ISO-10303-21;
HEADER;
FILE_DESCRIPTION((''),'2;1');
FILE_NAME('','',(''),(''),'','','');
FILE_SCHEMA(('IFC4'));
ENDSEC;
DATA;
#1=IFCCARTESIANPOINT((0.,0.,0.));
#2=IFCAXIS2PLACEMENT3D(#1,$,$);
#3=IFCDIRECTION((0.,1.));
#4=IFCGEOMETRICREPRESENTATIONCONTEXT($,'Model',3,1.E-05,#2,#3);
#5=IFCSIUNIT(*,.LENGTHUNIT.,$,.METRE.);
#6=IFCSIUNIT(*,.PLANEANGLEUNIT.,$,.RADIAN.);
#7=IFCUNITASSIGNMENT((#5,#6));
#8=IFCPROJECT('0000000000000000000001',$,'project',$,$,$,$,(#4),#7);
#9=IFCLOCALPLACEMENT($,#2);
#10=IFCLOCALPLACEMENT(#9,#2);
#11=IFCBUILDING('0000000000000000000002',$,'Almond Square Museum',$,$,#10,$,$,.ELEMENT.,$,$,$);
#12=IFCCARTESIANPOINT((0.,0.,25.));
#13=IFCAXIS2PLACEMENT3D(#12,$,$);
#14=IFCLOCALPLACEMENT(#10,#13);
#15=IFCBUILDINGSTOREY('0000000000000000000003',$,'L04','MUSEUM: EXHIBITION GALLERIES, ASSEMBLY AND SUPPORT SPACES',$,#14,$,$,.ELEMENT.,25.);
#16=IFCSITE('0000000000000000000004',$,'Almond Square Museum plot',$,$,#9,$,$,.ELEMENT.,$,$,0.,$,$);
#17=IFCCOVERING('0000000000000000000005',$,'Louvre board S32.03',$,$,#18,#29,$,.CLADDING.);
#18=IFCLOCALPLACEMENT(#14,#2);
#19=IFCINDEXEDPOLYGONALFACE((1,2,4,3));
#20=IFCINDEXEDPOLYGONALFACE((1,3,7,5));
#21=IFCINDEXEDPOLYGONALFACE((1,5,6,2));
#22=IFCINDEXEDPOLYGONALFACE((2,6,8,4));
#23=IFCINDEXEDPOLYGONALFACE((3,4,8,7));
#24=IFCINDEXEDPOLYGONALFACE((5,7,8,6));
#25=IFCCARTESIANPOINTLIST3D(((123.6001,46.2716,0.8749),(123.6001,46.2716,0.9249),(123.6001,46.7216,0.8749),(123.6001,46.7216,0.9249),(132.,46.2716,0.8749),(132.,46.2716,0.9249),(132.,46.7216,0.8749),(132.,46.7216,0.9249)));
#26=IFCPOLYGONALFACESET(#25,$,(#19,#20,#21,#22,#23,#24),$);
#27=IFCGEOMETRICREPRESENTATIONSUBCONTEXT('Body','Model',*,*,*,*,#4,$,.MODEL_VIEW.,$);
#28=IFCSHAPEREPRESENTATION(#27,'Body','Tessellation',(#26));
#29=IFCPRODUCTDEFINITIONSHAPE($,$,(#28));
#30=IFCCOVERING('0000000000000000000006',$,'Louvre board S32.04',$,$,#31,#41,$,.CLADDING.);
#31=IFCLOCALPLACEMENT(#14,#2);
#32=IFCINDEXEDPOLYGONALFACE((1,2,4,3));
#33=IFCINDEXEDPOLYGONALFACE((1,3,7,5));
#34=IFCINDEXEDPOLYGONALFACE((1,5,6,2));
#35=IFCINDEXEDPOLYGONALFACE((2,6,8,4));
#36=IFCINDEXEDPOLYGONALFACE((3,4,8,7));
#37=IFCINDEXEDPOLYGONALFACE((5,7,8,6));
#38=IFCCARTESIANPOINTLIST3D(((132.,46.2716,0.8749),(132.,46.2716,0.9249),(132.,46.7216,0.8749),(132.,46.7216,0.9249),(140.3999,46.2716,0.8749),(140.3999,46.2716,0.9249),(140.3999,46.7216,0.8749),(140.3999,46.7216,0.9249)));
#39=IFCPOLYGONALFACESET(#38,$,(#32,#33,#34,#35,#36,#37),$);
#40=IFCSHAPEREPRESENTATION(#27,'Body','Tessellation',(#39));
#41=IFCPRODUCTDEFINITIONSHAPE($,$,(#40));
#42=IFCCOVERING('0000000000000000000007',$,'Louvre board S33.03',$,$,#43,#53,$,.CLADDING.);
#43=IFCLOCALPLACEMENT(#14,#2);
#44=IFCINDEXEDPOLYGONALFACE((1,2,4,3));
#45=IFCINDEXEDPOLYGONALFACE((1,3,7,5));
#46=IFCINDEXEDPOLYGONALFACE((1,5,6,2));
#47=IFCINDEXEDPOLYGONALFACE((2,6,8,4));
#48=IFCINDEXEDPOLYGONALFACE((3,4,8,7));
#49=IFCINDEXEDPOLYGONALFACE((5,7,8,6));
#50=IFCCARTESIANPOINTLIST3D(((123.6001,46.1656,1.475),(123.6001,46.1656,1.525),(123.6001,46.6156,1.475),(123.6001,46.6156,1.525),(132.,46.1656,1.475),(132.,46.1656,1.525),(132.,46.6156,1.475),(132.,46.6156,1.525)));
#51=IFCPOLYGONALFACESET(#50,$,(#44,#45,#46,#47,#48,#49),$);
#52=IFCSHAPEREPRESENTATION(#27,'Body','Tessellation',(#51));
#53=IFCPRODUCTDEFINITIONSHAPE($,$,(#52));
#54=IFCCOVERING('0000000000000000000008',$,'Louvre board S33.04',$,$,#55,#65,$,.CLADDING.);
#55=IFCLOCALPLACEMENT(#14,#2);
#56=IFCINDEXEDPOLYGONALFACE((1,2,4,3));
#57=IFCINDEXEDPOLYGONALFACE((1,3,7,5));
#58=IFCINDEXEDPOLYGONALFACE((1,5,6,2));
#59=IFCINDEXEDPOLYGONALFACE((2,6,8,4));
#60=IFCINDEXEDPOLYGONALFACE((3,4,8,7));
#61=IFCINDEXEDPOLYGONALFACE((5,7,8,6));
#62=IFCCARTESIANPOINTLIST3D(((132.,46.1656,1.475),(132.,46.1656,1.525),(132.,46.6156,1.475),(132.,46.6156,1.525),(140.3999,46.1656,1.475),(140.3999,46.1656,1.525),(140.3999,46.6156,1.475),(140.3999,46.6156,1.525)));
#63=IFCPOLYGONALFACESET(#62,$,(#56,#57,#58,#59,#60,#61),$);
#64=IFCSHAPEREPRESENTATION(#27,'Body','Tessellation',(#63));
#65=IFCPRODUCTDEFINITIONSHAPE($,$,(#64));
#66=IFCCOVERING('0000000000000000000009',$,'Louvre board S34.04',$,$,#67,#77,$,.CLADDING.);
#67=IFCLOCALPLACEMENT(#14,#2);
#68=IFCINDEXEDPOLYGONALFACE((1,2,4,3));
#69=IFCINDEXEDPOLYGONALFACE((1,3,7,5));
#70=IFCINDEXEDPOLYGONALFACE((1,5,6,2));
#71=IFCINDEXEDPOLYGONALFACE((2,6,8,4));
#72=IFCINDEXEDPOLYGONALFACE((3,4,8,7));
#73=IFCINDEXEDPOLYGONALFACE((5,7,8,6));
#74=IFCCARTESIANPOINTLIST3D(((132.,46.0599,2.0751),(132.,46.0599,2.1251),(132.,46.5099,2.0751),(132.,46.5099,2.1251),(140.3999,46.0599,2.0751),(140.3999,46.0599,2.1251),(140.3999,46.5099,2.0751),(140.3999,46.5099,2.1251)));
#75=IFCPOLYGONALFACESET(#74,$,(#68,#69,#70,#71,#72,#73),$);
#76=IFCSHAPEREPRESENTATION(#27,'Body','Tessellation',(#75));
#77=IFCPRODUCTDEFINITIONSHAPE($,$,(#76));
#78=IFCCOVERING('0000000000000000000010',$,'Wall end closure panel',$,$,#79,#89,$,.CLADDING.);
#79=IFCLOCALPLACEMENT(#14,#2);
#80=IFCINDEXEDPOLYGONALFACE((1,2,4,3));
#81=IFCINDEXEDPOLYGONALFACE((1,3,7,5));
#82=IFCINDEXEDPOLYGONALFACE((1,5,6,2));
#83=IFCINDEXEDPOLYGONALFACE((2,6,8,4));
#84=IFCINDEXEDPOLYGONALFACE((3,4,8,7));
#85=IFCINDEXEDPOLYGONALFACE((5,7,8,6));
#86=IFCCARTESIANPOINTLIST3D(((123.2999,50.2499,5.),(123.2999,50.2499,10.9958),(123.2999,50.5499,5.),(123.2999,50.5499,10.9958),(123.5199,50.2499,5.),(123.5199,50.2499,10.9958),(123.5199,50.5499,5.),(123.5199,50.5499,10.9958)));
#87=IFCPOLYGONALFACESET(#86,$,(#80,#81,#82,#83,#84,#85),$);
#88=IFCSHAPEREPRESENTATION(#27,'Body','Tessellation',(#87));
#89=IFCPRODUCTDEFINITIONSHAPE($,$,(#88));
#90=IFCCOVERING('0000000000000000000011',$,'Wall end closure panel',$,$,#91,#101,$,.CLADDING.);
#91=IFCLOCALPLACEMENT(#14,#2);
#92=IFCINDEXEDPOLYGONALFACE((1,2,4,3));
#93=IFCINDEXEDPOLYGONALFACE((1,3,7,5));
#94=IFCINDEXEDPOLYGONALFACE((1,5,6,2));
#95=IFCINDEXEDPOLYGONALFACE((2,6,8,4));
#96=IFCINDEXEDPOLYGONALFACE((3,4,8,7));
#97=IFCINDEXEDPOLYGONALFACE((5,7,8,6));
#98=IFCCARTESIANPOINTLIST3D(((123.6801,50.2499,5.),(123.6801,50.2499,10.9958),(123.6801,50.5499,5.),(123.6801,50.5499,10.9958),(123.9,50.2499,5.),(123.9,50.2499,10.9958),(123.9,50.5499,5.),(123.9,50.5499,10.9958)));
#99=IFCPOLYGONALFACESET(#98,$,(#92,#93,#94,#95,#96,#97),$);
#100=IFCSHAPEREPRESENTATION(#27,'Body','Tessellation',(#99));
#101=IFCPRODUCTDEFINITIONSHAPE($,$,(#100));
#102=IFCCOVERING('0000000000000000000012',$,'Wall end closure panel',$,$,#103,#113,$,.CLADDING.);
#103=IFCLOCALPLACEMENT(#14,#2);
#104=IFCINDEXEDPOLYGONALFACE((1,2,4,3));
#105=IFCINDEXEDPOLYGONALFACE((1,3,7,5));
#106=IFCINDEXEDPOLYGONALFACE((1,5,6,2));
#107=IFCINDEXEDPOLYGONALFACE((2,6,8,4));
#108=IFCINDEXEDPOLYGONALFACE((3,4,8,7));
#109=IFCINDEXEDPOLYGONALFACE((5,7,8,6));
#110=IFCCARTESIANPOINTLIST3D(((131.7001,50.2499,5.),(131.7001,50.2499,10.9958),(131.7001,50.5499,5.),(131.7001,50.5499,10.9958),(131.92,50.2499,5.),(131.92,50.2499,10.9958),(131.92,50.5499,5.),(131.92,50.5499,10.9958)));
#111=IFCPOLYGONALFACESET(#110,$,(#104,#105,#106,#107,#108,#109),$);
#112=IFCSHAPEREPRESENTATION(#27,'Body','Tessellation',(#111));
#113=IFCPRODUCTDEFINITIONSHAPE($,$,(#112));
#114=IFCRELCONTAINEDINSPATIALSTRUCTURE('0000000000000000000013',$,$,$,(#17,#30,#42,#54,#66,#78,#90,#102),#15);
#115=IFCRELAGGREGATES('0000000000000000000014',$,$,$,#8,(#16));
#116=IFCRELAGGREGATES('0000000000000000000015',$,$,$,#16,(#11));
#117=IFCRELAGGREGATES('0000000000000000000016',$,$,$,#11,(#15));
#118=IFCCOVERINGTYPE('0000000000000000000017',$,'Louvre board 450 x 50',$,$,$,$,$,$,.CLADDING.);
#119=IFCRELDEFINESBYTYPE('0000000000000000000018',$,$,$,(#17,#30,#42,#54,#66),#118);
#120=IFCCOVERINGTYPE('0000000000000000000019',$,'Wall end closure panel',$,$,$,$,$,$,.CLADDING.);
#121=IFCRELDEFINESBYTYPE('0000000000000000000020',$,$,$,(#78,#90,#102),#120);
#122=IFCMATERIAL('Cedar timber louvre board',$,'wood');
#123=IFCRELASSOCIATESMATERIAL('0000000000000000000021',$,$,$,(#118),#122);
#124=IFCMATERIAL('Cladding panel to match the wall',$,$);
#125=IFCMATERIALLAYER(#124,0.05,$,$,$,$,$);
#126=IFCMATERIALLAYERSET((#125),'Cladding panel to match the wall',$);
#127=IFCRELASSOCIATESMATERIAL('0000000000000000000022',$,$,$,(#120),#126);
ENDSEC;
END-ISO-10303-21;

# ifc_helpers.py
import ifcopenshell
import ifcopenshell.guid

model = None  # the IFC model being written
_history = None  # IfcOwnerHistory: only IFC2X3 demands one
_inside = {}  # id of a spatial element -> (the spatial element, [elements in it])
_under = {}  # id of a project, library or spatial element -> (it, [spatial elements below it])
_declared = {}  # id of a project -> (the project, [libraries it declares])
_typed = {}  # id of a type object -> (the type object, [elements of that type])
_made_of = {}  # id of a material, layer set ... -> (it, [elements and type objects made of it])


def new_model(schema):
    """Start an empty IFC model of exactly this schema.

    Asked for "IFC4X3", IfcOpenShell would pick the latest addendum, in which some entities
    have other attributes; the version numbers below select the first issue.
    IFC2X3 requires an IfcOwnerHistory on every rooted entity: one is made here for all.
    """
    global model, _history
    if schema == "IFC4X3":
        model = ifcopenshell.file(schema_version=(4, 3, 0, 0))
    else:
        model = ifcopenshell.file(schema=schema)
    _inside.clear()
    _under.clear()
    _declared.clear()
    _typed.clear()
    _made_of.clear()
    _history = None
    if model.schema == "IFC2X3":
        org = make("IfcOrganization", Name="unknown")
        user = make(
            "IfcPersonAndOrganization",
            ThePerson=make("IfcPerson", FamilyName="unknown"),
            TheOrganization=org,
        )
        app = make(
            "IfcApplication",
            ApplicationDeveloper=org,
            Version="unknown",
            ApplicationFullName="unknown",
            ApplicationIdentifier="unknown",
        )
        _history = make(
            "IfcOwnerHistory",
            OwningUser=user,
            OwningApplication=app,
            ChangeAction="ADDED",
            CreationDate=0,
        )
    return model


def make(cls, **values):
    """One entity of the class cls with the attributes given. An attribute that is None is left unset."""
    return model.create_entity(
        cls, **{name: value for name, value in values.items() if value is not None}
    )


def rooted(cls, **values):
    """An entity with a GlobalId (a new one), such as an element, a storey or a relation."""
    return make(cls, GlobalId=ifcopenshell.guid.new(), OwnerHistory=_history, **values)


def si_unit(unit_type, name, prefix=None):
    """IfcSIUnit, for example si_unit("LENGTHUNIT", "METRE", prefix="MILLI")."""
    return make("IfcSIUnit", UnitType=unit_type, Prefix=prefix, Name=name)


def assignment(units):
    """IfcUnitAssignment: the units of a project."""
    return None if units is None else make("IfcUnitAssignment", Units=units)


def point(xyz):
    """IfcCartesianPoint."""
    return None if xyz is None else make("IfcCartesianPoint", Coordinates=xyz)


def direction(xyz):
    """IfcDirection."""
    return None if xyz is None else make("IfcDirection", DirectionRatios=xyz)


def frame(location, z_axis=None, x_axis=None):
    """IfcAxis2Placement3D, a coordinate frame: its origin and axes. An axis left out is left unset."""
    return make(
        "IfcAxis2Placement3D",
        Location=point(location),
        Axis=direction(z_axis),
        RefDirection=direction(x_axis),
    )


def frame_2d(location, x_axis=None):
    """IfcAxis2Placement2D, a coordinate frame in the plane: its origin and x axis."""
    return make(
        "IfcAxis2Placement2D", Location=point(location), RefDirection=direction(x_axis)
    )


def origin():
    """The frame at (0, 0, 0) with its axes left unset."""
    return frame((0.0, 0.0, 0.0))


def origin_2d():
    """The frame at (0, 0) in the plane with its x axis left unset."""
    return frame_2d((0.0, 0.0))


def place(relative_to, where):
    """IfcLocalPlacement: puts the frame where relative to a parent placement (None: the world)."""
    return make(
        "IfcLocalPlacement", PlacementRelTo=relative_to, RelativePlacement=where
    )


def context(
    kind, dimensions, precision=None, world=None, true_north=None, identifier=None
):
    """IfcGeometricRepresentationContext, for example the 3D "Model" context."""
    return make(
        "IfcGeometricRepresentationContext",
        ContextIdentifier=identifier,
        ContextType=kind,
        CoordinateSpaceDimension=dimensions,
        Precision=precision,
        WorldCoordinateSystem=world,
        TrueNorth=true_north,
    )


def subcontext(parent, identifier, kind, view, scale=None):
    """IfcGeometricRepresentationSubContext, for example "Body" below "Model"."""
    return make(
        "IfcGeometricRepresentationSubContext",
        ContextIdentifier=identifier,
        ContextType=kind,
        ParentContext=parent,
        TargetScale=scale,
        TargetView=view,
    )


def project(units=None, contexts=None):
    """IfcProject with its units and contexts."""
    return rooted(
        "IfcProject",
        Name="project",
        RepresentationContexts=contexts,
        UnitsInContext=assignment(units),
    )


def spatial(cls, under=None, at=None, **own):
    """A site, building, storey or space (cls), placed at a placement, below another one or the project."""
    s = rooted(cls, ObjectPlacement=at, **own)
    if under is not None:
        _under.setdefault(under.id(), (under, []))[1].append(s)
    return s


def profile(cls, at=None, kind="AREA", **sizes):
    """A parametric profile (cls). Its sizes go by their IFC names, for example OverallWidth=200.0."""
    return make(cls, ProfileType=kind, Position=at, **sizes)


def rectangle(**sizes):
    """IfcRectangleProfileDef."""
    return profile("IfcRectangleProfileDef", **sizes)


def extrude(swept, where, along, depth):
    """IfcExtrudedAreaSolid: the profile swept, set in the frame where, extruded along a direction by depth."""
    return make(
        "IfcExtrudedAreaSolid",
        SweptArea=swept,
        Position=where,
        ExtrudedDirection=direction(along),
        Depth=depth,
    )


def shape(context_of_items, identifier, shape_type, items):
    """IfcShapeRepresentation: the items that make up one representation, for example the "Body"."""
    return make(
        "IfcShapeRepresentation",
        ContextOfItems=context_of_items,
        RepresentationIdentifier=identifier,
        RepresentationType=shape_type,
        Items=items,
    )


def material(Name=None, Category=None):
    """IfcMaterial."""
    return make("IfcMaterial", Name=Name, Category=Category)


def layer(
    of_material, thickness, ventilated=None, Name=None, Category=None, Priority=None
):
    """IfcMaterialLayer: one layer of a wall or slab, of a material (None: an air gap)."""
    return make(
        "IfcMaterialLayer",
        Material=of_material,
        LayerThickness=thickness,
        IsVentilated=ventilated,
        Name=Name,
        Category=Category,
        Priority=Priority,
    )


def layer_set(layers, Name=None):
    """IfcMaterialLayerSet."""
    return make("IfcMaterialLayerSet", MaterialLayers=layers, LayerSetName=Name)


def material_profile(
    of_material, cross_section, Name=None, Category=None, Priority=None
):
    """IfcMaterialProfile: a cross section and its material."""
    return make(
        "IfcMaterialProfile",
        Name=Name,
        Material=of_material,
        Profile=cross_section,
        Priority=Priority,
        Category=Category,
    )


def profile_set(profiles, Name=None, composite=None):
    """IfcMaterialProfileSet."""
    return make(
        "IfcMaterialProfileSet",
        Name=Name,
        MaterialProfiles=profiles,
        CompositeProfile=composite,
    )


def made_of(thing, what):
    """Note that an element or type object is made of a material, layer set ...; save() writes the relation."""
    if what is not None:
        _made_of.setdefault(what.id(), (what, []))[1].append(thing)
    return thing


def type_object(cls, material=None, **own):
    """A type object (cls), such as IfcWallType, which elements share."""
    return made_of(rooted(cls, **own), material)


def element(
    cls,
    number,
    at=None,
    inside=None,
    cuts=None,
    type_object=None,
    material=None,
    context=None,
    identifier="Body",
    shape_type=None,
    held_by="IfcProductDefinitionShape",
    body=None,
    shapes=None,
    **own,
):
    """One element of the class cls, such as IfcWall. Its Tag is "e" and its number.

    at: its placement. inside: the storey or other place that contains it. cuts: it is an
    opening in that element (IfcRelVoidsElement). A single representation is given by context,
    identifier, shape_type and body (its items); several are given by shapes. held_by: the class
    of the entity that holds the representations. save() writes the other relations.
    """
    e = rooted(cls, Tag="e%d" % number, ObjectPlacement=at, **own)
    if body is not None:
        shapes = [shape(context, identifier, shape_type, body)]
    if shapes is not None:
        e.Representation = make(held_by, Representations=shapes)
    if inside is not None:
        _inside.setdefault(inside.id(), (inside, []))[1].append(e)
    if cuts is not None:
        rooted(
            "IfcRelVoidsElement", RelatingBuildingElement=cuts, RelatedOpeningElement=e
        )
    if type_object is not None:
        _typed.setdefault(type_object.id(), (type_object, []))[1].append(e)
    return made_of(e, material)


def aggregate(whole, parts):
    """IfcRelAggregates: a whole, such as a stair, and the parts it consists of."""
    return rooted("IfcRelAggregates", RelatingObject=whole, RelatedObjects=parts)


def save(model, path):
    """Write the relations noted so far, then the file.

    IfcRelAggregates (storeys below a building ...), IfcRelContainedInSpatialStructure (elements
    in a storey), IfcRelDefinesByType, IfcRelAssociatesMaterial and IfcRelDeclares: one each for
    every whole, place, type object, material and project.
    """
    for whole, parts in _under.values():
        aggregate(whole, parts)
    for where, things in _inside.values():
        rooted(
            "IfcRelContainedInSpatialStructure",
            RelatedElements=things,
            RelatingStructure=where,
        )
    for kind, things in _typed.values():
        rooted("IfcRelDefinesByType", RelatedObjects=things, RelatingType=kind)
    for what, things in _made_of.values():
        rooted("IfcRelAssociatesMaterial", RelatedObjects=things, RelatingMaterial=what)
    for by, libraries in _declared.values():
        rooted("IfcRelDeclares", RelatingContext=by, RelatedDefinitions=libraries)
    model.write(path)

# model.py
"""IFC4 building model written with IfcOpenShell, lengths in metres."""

from ifc_helpers import new_model, si_unit, direction, frame, origin, origin_2d, place, context, subcontext, project, spatial, rectangle, extrude, material, layer, layer_set, material_profile, profile_set, type_object, element, save


model = new_model("IFC4")

# Units and contexts
model_context = context("Model", 3, precision=1e-05, world=origin(), true_north=direction((0.0, 1.0)))
body_context = subcontext(model_context, "Body", "Model", "MODEL_VIEW")
ifc_project = project(units=[si_unit("LENGTHUNIT", "METRE"), si_unit("PLANEANGLEUNIT", "RADIAN")], contexts=[model_context])

# Site, building, storey
site_placement = place(None, origin())
site = spatial("IfcSite", under=ifc_project, at=site_placement, Name="Almond Square Museum plot", CompositionType="ELEMENT", RefElevation=0.0)
building_placement = place(site_placement, origin())
building = spatial("IfcBuilding", under=site, at=building_placement, Name="Almond Square Museum", CompositionType="ELEMENT")
storey_placement = place(building_placement, frame((0.0, 0.0, 25.0)))
storey = spatial("IfcBuildingStorey", under=building, at=storey_placement, Name="L04", Description="MUSEUM: EXHIBITION GALLERIES, ASSEMBLY AND SUPPORT SPACES", CompositionType="ELEMENT", Elevation=25.0)

# Coverings
ifc_material_1 = material(Name="Cedar timber louvre board", Category="wood")
ifc_material_profile_1 = material_profile(ifc_material_1, rectangle(XDim=0.45, YDim=0.05, at=origin_2d()))
ifc_profile_set_1 = profile_set([ifc_material_profile_1], Name="Cedar timber louvre board")
covering_type_1 = type_object("IfcCoveringType", Name="Louvre board 450 x 50", PredefinedType="CLADDING", material=ifc_profile_set_1)
for number, where, z_axis, x_axis, name in (
    (1, (123.6001, 46.4966, 0.8999), (1.0, 0.0, 0.0), (0.0, 1.0, 0.0), "Louvre board S32.03"),
    (2, (132.0, 46.4966, 0.8999), (1.0, 0.0, 0.0), (0.0, 1.0, 0.0), "Louvre board S32.04"),
    (3, (123.6001, 46.3906, 1.5), (1.0, 0.0, 0.0), (0.0, 1.0, 0.0), "Louvre board S33.03"),
    (4, (132.0, 46.3906, 1.5), (1.0, 0.0, 0.0), (0.0, 1.0, 0.0), "Louvre board S33.04"),
    (5, (132.0, 46.2849, 2.1001), (1.0, 0.0, 0.0), (0.0, 1.0, 0.0), "Louvre board S34.04"),
):
    element("IfcCovering", number, at=place(storey_placement, frame(where, z_axis=z_axis, x_axis=x_axis)), inside=storey, type_object=covering_type_1, Name=name, PredefinedType="CLADDING", context=body_context, shape_type="SweptSolid", body=[
        extrude(rectangle(XDim=0.45, YDim=0.05, at=origin_2d()), origin(), (0.0, 0.0, 1.0), 8.3999),
    ])
ifc_material_2 = material(Name="Cladding panel to match the wall")
ifc_layer_1 = layer(ifc_material_2, 0.05)
ifc_layer_set_1 = layer_set([ifc_layer_1], Name="Cladding panel to match the wall")
covering_type_2 = type_object("IfcCoveringType", Name="Wall end closure panel", PredefinedType="CLADDING", material=ifc_layer_set_1)
for number, where, z_axis, x_axis, name in (
    (6, (123.4099, 50.3999, 5.0), (0.0, 0.0, 1.0), (1.0, 0.0, 0.0), "Wall end closure panel"),
    (7, (123.79, 50.3999, 5.0), (0.0, 0.0, 1.0), (1.0, 0.0, 0.0), "Wall end closure panel"),
    (8, (131.8101, 50.3999, 5.0), (0.0, 0.0, 1.0), (1.0, 0.0, 0.0), "Wall end closure panel"),
):
    element("IfcCovering", number, at=place(storey_placement, frame(where, z_axis=z_axis, x_axis=x_axis)), inside=storey, type_object=covering_type_2, Name=name, PredefinedType="CLADDING", context=body_context, shape_type="SweptSolid", body=[
        extrude(rectangle(XDim=0.22, YDim=0.3, at=origin_2d()), origin(), (0.0, 0.0, 1.0), 5.9958),
    ])

save(model, "model.ifc")
